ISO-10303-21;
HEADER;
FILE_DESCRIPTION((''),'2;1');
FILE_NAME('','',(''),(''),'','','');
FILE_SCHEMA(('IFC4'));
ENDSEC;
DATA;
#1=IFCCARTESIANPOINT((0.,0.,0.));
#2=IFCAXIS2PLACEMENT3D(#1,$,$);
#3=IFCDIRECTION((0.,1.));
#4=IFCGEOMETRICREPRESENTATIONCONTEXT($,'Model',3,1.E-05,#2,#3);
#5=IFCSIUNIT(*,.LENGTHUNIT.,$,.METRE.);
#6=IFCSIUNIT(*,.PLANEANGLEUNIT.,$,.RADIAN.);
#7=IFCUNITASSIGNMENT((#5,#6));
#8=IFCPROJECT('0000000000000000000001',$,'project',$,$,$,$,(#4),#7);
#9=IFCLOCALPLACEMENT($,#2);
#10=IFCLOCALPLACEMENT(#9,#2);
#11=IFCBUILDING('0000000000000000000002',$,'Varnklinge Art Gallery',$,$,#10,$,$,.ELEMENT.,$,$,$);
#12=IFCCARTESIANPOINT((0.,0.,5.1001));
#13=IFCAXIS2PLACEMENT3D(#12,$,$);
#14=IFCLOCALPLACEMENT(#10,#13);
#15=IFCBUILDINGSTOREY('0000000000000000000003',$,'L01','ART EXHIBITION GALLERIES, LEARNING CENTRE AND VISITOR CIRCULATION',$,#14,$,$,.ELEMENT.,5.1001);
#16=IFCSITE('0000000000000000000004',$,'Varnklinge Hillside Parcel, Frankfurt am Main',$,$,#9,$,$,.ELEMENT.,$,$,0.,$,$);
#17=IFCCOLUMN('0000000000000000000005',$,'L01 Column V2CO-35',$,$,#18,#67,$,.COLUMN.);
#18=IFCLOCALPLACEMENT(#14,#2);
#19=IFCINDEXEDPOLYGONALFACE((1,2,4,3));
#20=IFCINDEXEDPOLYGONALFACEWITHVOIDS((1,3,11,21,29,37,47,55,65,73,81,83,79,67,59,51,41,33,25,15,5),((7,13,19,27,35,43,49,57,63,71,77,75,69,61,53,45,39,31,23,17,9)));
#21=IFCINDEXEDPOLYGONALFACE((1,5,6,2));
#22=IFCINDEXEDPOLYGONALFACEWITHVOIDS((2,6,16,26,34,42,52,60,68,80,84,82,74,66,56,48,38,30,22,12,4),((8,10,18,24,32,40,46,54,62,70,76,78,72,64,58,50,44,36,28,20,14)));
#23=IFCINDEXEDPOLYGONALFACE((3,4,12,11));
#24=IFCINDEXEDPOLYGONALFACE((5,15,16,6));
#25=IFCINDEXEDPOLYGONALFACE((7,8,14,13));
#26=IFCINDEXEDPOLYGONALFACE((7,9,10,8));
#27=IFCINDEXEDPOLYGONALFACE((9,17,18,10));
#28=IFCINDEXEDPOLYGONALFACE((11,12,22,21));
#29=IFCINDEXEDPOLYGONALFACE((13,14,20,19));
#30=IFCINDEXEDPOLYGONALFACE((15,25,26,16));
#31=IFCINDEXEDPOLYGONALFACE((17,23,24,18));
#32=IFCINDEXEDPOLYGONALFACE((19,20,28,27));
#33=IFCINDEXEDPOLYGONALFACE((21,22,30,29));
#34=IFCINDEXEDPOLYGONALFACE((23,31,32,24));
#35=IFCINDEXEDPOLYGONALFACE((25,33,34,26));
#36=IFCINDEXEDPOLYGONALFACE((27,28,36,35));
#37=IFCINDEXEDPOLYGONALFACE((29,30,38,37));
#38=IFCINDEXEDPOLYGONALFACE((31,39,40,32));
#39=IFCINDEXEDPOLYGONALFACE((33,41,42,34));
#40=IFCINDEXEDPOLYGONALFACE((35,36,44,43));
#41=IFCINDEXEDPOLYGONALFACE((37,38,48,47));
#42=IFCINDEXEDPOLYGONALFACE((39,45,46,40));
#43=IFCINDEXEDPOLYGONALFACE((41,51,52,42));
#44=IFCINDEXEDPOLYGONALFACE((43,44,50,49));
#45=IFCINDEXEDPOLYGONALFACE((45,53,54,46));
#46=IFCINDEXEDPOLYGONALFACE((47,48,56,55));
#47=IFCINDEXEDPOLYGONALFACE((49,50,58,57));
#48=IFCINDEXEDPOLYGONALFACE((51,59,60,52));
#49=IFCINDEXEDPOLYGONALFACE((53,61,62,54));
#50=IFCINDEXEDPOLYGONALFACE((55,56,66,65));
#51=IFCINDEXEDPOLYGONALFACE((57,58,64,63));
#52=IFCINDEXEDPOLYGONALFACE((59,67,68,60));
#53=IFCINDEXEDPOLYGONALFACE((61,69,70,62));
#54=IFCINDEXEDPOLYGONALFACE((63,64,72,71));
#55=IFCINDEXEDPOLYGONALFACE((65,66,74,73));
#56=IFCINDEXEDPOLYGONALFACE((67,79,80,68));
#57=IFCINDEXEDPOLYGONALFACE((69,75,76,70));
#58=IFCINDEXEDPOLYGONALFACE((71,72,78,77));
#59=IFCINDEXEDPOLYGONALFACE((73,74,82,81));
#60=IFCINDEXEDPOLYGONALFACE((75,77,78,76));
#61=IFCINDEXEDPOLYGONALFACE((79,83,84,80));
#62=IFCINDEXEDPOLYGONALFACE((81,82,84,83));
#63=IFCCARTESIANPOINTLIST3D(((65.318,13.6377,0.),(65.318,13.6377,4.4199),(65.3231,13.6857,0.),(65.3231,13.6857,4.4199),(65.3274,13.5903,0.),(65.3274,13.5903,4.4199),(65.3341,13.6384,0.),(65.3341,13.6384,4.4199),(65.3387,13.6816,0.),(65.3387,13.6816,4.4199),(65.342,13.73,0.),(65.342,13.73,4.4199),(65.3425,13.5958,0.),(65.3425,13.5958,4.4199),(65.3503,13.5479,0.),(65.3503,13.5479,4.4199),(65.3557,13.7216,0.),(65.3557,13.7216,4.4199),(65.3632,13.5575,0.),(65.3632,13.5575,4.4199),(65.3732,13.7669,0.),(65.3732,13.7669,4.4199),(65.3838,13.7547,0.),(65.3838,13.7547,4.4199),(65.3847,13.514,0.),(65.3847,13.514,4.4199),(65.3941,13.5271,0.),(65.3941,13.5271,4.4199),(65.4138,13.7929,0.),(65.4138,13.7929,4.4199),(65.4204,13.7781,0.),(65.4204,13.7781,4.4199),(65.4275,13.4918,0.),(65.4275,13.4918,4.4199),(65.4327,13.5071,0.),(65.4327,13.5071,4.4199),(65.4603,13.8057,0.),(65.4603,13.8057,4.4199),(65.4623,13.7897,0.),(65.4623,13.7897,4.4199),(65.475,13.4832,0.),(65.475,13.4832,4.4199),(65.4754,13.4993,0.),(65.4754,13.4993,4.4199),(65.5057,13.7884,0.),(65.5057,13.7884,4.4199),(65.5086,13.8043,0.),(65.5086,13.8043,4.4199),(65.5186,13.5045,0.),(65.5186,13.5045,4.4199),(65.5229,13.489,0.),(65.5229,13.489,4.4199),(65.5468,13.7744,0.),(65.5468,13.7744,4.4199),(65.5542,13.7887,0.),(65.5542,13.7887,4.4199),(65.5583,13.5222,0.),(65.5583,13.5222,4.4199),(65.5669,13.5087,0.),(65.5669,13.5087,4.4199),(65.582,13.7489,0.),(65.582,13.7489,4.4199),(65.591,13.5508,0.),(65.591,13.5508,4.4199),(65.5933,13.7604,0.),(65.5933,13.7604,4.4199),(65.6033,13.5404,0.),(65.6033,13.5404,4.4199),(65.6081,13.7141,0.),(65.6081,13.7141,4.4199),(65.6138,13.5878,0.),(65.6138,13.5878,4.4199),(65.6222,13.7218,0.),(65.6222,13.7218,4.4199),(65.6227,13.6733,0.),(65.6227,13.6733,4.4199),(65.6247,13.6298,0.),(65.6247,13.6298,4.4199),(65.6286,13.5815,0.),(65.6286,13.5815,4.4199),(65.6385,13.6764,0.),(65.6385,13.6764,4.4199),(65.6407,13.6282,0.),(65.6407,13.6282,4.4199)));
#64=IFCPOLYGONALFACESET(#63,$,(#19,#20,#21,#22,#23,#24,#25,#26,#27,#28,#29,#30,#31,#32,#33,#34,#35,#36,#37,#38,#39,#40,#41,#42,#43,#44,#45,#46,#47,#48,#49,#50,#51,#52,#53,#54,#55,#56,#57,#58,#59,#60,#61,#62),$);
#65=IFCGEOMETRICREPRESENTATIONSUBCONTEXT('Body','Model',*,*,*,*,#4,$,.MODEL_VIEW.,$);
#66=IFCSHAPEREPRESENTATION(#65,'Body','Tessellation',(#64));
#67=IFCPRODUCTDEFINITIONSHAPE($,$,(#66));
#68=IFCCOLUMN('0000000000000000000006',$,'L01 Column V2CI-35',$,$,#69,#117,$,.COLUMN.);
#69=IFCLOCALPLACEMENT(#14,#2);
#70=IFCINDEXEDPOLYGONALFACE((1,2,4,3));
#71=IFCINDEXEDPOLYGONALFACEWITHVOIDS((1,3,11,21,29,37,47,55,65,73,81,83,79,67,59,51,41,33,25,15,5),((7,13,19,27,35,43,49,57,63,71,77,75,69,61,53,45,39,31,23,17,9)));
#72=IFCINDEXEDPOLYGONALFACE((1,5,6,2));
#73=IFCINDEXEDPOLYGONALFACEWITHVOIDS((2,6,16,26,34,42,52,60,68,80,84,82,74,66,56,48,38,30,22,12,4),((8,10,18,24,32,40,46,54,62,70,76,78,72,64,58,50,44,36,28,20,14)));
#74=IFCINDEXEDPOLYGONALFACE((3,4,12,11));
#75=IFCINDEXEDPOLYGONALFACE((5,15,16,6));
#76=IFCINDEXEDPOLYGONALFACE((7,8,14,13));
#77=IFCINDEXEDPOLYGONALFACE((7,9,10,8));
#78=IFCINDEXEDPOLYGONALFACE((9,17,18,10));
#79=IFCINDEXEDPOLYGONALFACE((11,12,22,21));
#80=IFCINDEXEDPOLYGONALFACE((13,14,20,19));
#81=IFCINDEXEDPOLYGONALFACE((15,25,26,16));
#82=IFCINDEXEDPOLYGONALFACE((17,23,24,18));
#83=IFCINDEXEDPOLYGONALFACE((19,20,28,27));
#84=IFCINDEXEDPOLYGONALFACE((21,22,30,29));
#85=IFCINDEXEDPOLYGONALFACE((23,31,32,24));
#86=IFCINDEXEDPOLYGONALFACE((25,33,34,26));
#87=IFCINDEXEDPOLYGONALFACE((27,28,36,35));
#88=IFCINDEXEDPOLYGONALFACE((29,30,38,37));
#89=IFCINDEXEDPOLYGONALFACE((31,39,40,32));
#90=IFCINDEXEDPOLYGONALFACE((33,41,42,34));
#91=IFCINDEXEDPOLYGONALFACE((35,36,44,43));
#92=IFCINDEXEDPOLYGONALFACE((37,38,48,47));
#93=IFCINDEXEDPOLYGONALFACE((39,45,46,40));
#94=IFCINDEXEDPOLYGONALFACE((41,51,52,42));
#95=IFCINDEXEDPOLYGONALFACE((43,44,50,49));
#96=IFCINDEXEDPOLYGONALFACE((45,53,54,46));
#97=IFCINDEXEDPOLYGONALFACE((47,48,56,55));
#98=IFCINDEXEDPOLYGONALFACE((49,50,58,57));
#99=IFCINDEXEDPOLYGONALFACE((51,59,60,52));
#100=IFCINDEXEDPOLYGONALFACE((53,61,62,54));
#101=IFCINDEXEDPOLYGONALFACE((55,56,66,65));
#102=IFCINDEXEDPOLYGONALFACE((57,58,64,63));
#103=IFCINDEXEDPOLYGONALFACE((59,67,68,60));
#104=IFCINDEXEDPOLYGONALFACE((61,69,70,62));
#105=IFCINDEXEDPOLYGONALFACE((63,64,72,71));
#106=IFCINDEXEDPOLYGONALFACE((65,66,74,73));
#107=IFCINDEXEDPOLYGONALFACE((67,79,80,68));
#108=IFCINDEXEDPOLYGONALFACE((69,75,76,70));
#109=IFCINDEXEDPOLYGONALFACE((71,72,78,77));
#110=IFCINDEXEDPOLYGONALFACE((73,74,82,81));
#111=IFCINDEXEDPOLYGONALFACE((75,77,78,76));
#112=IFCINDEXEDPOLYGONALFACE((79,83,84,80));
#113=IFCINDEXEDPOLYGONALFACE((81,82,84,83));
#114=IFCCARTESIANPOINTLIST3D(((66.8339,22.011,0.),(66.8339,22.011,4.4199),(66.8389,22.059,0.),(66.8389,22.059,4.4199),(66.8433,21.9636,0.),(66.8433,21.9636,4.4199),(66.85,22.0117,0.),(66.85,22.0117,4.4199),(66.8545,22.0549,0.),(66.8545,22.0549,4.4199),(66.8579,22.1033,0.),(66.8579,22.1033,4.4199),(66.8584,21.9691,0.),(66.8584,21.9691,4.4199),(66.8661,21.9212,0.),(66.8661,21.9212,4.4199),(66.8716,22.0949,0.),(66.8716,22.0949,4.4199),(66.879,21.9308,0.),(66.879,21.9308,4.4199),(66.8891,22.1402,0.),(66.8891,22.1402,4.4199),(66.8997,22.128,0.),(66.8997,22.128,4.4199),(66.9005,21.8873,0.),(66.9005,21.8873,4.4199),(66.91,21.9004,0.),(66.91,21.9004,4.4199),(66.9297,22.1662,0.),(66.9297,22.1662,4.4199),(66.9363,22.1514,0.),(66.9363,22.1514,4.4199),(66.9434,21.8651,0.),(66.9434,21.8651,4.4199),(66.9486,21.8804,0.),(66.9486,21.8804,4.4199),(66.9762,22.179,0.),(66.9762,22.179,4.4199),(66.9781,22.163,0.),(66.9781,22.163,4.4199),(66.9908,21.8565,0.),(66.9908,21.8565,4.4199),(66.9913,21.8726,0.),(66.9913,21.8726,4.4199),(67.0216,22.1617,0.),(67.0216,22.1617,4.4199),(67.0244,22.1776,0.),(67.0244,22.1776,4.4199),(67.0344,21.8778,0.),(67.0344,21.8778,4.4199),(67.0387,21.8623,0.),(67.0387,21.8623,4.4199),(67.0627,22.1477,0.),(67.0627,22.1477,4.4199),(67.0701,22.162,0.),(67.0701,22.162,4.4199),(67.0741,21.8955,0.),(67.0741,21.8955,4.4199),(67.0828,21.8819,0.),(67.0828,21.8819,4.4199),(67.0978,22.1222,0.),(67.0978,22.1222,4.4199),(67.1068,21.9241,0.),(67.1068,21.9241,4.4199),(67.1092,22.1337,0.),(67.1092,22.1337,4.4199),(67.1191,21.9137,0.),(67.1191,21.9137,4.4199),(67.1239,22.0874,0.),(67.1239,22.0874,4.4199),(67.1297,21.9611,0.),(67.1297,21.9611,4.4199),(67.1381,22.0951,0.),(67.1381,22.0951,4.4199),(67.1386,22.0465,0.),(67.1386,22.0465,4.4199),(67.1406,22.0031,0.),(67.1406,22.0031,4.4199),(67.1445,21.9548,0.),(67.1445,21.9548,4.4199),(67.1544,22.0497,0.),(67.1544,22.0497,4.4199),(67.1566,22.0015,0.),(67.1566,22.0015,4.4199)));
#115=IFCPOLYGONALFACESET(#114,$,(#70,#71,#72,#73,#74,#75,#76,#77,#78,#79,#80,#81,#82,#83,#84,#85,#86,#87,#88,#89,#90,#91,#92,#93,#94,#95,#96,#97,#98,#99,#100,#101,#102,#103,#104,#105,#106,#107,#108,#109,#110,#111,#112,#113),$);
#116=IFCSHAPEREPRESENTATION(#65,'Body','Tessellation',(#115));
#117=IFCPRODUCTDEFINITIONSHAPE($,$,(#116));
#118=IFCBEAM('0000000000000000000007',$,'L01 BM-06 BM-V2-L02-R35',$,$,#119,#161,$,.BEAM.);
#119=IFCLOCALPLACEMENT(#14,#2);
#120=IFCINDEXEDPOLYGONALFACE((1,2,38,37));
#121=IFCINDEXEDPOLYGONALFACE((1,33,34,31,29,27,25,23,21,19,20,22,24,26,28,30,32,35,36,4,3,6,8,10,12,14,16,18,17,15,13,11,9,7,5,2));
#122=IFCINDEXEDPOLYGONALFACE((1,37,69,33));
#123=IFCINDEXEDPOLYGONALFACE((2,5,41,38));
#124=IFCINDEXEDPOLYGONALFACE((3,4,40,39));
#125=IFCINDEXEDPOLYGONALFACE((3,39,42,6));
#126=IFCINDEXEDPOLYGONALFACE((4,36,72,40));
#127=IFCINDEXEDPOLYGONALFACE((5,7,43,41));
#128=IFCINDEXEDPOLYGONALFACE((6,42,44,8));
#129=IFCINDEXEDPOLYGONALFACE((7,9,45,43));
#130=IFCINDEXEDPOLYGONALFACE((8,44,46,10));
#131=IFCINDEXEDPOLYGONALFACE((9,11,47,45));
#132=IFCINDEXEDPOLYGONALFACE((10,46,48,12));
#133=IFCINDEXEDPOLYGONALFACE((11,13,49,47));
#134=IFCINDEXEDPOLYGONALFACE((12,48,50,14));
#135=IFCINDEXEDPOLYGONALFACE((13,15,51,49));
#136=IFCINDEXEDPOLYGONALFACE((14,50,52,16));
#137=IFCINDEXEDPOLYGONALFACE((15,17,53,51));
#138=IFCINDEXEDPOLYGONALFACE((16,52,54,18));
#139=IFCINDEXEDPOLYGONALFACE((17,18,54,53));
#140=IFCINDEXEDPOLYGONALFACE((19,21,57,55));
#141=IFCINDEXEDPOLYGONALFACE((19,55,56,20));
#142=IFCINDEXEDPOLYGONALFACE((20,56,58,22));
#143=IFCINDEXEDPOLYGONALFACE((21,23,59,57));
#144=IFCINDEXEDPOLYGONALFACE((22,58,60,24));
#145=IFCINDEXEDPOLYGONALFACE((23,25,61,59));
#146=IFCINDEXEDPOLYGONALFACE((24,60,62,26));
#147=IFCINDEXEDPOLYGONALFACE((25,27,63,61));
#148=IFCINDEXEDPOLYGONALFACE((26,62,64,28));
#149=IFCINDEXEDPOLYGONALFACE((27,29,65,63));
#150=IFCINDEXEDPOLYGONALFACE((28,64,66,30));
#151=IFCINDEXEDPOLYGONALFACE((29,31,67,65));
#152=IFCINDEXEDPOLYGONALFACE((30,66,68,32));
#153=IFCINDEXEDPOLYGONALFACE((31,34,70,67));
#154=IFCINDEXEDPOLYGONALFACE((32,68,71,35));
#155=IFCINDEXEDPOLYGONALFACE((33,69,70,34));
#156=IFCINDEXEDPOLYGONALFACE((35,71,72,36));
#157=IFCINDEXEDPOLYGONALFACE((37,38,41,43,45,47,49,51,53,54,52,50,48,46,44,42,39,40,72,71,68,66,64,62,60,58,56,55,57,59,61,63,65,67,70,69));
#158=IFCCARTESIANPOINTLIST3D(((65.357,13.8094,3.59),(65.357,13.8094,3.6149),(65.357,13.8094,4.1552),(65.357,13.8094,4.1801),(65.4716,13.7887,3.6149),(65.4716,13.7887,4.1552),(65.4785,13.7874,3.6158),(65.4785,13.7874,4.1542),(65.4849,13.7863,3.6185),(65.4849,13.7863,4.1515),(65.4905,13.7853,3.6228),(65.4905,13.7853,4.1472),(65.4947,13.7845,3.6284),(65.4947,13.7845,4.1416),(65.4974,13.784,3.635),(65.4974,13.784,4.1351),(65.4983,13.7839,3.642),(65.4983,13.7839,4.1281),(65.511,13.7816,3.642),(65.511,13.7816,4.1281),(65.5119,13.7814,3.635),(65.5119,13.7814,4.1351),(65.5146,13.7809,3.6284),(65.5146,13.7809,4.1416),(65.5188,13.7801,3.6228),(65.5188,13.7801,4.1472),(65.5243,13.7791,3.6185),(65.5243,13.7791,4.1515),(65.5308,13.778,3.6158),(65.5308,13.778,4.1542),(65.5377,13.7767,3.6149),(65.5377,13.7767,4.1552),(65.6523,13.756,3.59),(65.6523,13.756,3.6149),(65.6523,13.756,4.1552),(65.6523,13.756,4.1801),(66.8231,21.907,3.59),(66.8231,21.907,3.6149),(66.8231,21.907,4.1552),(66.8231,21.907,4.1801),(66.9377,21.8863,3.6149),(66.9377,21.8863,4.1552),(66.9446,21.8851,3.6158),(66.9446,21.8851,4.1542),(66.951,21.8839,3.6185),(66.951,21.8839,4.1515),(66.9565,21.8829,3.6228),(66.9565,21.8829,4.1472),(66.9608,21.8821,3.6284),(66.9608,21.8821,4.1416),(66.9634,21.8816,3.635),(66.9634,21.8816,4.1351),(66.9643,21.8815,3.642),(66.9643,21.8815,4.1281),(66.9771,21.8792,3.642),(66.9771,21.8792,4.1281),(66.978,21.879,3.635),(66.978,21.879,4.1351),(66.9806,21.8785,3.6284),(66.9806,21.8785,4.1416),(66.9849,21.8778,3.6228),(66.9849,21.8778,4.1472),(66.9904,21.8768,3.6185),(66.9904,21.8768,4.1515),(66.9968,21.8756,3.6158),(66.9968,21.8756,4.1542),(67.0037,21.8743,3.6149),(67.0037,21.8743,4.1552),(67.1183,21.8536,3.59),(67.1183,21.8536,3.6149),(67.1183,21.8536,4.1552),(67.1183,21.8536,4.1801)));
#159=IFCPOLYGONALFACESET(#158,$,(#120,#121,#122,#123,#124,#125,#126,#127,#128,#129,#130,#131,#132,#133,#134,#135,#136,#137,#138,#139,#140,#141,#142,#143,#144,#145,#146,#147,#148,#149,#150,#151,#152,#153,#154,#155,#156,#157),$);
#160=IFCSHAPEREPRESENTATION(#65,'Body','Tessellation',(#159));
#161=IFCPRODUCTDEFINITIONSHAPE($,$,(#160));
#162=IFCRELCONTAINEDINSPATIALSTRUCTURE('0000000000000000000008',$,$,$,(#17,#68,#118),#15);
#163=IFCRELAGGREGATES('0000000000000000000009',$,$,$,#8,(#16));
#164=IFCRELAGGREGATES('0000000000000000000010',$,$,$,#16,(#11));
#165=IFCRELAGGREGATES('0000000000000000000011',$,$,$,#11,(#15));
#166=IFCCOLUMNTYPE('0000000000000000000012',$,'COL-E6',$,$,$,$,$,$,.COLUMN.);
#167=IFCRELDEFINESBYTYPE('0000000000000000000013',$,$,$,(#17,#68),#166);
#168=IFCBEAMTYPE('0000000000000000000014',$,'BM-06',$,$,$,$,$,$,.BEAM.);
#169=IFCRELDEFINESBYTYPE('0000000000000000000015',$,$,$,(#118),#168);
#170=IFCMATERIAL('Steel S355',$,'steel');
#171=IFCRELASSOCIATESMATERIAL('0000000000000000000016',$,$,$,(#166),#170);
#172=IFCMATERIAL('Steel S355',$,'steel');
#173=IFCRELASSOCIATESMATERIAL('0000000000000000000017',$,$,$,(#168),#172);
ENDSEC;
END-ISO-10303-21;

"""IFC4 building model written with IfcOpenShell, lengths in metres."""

from ifc_helpers import new_model, si_unit, direction, frame, origin, origin_2d, place, context, subcontext, project, spatial, hollow_circle, i_section, extrude, material, material_profile, profile_set, type_object, element, save


model = new_model("IFC4")

# Units and contexts
model_context = context("Model", 3, precision=1e-05, world=origin(), true_north=direction((0.0, 1.0)))
body_context = subcontext(model_context, "Body", "Model", "MODEL_VIEW")
ifc_project = project(units=[si_unit("LENGTHUNIT", "METRE"), si_unit("PLANEANGLEUNIT", "RADIAN")], contexts=[model_context])

# Site, building, storey
site_placement = place(None, origin())
site = spatial("IfcSite", under=ifc_project, at=site_placement, Name="Varnklinge Hillside Parcel, Frankfurt am Main", CompositionType="ELEMENT", RefElevation=0.0)
building_placement = place(site_placement, origin())
building = spatial("IfcBuilding", under=site, at=building_placement, Name="Varnklinge Art Gallery", CompositionType="ELEMENT")
storey_placement = place(building_placement, frame((0.0, 0.0, 5.1001)))
storey = spatial("IfcBuildingStorey", under=building, at=storey_placement, Name="L01", Description="ART EXHIBITION GALLERIES, LEARNING CENTRE AND VISITOR CIRCULATION", CompositionType="ELEMENT", Elevation=5.1001)

# Columns
ifc_material_1 = material(Name="Steel S355", Category="steel")
ifc_material_profile_1 = material_profile(ifc_material_1, hollow_circle(Radius=0.1619, WallThickness=0.0161, at=origin_2d()), Name="CHS 323.9x16")
ifc_profile_set_1 = profile_set([ifc_material_profile_1], Name="Steel S355")
column_type = type_object("IfcColumnType", Name="COL-E6", PredefinedType="COLUMN", material=ifc_profile_set_1)
for number, where, z_axis, x_axis, name in (
    (1, (65.4797, 13.645, 0.0), (0.0, 0.0, 1.0), (0.178115, 0.98401, 0.0), "L01 Column V2CO-35"),
    (2, (66.9956, 22.0183, 0.0), (0.0, 0.0, 1.0), (0.178115, 0.98401, 0.0), "L01 Column V2CI-35"),
):
    element("IfcColumn", number, at=place(storey_placement, frame(where, z_axis=z_axis, x_axis=x_axis)), inside=storey, type_object=column_type, Name=name, PredefinedType="COLUMN", context=body_context, shape_type="SweptSolid", body=[
        extrude(hollow_circle(Radius=0.1619, WallThickness=0.0161, at=origin_2d()), origin(), (0.0, 0.0, 1.0), 4.4199),
    ])

# Beam
ifc_material_2 = material(Name="Steel S355", Category="steel")
ifc_material_profile_2 = material_profile(ifc_material_2, i_section(OverallWidth=0.3, OverallDepth=0.5901, WebThickness=0.0129, FlangeThickness=0.0249, FilletRadius=0.0271, at=origin_2d()), Name="HEA 600")
ifc_profile_set_2 = profile_set([ifc_material_profile_2], Name="Steel S355")
beam_type_1 = type_object("IfcBeamType", Name="BM-06", PredefinedType="BEAM", material=ifc_profile_set_2)
beam_1_placement = place(storey_placement, frame((65.5046, 13.7827, 3.885), z_axis=(0.178152, 0.984003, 0.0), x_axis=(-0.984003, 0.178152, 0.0)))
element("IfcBeam", 3, at=beam_1_placement, inside=storey, type_object=beam_type_1, Name="L01 BM-06 BM-V2-L02-R35", PredefinedType="BEAM", context=body_context, shape_type="SweptSolid", body=[
    extrude(i_section(OverallWidth=0.3, OverallDepth=0.5901, WebThickness=0.0129, FlangeThickness=0.0249, FilletRadius=0.0271, at=origin_2d()), origin(), (0.0, 0.0, 1.0), 8.2292),
])

save(model, "model.ifc")
